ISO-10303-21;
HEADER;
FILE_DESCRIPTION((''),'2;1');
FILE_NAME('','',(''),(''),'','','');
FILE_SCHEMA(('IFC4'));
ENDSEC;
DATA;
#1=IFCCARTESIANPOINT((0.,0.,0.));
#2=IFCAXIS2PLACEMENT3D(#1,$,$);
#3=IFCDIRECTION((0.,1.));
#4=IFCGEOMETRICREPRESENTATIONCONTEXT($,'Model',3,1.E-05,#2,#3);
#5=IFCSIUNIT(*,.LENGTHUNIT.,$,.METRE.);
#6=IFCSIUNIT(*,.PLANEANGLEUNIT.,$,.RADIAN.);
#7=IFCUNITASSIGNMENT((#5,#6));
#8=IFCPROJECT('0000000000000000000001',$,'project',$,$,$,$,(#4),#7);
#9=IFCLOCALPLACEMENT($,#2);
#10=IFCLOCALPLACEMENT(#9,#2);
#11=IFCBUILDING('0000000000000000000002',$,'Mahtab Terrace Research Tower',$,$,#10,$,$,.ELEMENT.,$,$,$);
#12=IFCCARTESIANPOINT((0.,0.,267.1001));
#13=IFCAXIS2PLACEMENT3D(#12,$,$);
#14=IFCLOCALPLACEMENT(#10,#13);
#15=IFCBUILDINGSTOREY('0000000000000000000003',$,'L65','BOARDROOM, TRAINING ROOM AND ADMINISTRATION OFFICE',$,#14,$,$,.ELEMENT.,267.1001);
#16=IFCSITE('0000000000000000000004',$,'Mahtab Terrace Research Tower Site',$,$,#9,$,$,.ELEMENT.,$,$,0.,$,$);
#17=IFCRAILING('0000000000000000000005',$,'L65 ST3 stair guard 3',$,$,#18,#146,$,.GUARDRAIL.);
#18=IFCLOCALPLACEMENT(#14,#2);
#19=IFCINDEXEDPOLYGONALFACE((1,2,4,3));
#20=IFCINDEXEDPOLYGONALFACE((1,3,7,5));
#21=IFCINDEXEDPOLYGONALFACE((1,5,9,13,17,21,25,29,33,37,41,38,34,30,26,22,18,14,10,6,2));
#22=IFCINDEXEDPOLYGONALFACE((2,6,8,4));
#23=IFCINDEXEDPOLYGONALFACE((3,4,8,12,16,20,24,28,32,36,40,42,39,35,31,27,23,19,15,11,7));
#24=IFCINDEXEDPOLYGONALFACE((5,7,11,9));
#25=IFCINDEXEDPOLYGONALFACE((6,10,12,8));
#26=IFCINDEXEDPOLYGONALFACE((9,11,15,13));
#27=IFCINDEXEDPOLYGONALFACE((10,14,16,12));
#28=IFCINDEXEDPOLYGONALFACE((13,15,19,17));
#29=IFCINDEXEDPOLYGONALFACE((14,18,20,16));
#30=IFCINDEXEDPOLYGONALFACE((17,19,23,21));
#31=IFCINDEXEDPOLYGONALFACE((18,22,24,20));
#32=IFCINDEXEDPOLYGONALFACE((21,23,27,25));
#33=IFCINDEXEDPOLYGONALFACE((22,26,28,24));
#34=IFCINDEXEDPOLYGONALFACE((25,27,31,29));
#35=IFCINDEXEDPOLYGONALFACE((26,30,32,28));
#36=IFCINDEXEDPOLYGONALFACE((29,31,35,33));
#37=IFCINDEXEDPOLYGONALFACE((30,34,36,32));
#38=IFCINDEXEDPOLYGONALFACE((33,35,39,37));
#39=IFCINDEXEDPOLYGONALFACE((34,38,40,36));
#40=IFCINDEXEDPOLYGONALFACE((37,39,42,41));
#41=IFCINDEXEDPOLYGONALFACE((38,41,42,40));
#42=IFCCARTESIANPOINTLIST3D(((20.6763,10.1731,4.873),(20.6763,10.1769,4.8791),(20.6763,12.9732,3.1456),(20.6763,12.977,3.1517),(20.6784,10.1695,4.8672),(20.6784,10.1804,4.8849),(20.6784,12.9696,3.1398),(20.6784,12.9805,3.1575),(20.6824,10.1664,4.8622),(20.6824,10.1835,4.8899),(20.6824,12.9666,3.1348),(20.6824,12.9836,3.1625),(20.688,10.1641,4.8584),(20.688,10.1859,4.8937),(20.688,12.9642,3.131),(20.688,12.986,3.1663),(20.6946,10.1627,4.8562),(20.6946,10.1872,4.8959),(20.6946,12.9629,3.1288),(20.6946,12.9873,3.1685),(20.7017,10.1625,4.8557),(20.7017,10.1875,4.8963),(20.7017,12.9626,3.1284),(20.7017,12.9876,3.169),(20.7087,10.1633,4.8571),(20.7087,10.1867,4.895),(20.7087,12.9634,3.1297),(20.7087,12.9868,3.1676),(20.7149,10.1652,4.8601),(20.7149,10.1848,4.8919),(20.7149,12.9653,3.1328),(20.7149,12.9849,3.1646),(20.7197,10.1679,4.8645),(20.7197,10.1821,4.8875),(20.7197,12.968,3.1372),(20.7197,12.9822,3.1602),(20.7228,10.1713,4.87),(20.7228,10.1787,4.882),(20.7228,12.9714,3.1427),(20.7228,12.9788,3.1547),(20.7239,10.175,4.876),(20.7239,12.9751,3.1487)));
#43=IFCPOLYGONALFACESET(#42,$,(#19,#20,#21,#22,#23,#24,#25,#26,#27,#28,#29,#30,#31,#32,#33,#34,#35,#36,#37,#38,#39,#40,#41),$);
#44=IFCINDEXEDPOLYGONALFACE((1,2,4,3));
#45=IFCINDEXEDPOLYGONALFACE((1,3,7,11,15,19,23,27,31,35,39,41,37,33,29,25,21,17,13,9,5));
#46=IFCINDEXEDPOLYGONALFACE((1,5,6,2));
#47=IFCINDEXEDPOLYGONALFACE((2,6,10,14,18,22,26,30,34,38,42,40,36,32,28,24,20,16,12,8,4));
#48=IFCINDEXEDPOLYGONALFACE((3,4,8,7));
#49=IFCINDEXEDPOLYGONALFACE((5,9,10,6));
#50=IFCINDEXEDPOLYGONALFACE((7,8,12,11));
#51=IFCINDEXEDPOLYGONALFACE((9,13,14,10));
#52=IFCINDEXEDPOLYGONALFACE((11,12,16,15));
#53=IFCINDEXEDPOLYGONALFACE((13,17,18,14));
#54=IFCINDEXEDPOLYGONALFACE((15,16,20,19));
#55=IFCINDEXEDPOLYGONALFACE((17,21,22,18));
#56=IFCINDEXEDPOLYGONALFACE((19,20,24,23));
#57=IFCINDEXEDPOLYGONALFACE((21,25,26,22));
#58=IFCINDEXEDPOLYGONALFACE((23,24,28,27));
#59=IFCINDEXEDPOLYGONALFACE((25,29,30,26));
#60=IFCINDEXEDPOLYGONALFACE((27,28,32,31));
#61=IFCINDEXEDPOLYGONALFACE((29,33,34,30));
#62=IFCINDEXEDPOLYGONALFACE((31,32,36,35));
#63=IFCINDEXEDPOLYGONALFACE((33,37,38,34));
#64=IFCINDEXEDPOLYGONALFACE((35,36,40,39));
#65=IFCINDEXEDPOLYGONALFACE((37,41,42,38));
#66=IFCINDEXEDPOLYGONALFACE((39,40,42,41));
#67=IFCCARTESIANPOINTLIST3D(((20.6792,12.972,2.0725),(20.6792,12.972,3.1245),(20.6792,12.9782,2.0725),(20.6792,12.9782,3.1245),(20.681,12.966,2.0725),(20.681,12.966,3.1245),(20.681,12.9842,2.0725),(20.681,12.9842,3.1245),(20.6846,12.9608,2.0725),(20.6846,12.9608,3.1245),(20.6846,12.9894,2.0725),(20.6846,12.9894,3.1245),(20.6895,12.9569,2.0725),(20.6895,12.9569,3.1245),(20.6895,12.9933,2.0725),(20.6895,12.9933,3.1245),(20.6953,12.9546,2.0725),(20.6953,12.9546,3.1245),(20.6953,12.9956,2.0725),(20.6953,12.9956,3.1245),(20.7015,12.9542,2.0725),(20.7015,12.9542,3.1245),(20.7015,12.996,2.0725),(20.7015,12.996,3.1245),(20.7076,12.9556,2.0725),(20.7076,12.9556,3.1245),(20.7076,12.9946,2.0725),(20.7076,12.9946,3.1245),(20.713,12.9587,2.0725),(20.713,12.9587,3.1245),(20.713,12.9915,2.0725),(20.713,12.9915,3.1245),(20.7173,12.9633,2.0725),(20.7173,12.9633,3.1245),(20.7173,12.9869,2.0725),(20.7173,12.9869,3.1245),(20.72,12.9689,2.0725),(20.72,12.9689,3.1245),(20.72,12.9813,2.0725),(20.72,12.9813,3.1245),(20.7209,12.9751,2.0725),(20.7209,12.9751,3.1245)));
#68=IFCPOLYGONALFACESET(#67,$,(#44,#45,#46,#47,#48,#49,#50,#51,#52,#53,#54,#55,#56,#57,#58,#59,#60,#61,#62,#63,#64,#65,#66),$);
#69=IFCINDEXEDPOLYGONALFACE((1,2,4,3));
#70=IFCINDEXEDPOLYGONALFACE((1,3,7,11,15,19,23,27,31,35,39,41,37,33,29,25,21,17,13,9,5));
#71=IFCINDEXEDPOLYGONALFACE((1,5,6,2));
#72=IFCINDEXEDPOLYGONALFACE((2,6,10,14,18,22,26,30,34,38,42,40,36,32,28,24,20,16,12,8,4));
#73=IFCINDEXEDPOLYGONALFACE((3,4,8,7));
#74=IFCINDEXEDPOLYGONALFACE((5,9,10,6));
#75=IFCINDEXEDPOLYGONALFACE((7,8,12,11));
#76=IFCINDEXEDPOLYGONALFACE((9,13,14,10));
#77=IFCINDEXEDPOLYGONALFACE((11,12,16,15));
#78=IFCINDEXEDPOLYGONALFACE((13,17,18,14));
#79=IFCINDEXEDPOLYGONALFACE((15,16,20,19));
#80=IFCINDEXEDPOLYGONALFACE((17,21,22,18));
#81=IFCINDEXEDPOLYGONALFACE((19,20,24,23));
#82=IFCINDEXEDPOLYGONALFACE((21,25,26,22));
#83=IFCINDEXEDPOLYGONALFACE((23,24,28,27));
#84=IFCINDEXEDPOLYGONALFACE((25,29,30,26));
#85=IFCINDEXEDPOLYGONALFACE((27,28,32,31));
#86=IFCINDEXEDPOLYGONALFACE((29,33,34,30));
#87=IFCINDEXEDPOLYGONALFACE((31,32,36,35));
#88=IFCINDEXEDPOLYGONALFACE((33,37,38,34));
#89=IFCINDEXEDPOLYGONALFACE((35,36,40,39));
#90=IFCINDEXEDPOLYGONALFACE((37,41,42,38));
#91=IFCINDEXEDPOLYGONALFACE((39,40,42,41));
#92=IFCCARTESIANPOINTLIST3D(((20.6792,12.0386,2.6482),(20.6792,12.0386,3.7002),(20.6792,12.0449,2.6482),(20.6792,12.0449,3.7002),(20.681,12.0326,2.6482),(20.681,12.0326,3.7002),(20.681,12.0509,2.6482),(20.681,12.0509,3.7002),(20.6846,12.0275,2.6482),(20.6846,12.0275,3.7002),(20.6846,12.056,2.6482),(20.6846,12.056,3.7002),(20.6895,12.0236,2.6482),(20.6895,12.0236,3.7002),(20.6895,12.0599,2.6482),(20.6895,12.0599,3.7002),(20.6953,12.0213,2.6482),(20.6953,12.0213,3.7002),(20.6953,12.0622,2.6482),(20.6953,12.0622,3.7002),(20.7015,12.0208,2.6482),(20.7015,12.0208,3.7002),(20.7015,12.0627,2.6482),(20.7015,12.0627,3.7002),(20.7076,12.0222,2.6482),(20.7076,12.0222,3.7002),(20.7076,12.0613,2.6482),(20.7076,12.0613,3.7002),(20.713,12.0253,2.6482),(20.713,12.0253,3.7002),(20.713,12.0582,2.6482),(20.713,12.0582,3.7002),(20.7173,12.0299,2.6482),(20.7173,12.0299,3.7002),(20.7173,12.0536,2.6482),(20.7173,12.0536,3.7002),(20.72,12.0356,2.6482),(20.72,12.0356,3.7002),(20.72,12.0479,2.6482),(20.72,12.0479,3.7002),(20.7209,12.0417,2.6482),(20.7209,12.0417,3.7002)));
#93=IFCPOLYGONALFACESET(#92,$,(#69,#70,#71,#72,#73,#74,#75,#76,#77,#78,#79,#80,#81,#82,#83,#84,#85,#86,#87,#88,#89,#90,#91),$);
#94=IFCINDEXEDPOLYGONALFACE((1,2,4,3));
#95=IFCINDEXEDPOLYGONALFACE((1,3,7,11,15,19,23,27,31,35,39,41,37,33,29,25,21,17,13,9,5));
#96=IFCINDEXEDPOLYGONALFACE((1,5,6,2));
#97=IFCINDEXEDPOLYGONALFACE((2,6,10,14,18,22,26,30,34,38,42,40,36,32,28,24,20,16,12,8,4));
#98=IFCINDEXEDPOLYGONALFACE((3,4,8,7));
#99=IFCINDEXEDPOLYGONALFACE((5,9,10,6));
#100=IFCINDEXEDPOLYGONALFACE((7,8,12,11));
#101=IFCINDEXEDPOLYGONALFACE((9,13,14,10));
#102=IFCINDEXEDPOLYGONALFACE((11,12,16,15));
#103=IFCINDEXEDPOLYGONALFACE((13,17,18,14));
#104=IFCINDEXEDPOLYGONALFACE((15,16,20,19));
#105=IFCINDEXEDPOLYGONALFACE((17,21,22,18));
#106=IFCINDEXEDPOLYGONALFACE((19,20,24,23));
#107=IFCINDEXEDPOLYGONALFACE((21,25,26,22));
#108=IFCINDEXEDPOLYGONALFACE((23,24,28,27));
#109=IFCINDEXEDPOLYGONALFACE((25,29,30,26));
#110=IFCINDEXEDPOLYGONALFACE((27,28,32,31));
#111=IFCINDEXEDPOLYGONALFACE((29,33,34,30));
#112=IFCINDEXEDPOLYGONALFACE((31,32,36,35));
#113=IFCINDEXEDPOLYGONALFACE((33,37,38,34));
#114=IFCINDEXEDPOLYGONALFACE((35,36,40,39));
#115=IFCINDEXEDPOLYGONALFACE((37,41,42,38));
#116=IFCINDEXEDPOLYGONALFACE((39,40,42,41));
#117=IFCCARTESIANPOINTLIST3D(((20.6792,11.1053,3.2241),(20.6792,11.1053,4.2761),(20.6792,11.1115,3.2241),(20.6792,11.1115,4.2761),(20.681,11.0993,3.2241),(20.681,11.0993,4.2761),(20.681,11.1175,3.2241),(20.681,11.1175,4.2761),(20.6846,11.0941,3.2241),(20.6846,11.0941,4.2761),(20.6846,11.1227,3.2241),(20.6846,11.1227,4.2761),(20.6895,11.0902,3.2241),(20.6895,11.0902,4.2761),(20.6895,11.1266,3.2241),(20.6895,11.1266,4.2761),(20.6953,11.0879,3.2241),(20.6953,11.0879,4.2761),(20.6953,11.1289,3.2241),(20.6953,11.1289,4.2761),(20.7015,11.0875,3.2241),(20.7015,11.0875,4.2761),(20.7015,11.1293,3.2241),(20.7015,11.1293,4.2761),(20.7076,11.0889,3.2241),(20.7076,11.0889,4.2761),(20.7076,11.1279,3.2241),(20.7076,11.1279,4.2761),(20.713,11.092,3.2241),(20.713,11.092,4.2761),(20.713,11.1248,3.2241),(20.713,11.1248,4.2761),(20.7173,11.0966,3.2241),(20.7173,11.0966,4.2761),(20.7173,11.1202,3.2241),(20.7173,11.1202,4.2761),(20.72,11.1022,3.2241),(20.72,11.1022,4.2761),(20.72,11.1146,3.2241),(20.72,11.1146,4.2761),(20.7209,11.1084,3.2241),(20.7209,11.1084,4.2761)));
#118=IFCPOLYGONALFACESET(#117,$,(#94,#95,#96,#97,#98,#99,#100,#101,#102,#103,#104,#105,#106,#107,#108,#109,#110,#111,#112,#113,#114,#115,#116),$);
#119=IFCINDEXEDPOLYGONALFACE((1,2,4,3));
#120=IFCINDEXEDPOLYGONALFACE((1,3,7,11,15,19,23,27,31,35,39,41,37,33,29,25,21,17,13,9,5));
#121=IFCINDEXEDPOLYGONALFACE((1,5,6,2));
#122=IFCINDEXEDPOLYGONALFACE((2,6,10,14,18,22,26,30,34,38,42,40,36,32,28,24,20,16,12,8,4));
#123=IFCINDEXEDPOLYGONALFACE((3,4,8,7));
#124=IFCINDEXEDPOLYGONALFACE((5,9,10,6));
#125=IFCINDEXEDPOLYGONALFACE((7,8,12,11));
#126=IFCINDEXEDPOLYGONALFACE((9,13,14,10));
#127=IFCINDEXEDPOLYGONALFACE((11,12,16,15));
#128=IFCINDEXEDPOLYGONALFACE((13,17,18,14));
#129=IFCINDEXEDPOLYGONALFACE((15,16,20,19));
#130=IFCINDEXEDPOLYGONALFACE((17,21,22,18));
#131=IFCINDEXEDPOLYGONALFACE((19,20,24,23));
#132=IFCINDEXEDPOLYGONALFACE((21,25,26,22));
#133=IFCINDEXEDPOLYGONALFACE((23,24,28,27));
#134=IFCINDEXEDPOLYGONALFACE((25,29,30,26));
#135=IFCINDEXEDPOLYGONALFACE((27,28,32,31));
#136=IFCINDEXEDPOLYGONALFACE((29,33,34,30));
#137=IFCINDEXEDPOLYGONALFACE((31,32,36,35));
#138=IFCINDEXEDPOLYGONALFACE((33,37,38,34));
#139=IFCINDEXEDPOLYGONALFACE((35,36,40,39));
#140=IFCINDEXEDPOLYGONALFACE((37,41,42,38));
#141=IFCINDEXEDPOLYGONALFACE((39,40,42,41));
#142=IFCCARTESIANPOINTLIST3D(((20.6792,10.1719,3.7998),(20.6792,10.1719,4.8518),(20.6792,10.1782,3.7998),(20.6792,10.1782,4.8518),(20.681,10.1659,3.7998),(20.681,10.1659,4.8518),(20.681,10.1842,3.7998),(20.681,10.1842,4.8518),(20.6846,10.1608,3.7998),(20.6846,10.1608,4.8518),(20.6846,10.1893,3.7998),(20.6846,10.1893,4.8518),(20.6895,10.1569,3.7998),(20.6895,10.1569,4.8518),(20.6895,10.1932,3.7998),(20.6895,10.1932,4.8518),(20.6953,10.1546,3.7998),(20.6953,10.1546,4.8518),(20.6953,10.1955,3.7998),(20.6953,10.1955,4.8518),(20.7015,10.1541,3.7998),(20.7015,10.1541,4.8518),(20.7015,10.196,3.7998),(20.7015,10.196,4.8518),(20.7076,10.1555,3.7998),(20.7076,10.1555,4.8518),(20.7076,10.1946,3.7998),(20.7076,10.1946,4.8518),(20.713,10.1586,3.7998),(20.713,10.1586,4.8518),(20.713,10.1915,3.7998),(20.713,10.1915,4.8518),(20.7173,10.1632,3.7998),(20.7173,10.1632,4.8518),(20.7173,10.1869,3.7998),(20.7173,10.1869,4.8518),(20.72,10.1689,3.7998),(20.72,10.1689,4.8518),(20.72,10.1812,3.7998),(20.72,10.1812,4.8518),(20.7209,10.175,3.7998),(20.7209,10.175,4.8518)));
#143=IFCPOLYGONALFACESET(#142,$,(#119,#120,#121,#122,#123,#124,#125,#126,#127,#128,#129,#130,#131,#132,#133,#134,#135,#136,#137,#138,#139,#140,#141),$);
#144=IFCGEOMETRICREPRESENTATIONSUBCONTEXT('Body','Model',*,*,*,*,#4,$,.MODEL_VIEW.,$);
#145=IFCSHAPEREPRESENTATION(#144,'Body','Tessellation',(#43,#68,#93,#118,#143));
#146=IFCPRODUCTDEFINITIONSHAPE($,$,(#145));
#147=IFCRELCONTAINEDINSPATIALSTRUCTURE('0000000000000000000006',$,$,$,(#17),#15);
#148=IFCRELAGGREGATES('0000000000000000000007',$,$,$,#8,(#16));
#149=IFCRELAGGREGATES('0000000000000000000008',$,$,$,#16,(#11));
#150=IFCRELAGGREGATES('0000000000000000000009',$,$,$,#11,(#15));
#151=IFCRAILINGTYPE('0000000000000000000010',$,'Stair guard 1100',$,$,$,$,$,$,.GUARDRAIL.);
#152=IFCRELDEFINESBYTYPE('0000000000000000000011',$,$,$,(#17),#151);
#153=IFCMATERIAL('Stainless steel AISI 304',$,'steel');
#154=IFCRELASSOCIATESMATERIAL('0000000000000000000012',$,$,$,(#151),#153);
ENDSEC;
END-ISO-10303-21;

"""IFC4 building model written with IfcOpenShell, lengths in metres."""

from ifc_helpers import new_model, si_unit, direction, frame, origin, origin_2d, place, context, subcontext, project, spatial, circle, extrude, material, type_object, element, save


model = new_model("IFC4")

# Units and contexts
model_context = context("Model", 3, precision=1e-05, world=origin(), true_north=direction((0.0, 1.0)))
body_context = subcontext(model_context, "Body", "Model", "MODEL_VIEW")
ifc_project = project(units=[si_unit("LENGTHUNIT", "METRE"), si_unit("PLANEANGLEUNIT", "RADIAN")], contexts=[model_context])

# Site, building, storey
site_placement = place(None, origin())
site = spatial("IfcSite", under=ifc_project, at=site_placement, Name="Mahtab Terrace Research Tower Site", CompositionType="ELEMENT", RefElevation=0.0)
building_placement = place(site_placement, origin())
building = spatial("IfcBuilding", under=site, at=building_placement, Name="Mahtab Terrace Research Tower", CompositionType="ELEMENT")
storey_placement = place(building_placement, frame((0.0, 0.0, 267.1001)))
storey = spatial("IfcBuildingStorey", under=building, at=storey_placement, Name="L65", Description="BOARDROOM, TRAINING ROOM AND ADMINISTRATION OFFICE", CompositionType="ELEMENT", Elevation=267.1001)

# Shared definitions
ifc_material_1 = material(Name="Stainless steel AISI 304", Category="steel")

# Railing
railing_type_1 = type_object("IfcRailingType", Name="Stair guard 1100", PredefinedType="GUARDRAIL", material=ifc_material_1)
railing_1_placement = place(storey_placement, frame((20.7, 12.9751, 2.0725)))
element("IfcRailing", 1, at=railing_1_placement, inside=storey, type_object=railing_type_1, Name="L65 ST3 stair guard 3", PredefinedType="GUARDRAIL", context=body_context, shape_type="SweptSolid", body=[
    extrude(circle(Radius=0.0239, at=origin_2d()), frame((0.0, 0.0, 1.0762), z_axis=(0.0, -0.85109, 0.52502), x_axis=(1.0, 0.0, 0.0)), (0.0, 0.0, 1.0), 3.29),
    extrude(circle(Radius=0.021, at=origin_2d()), origin(), (0.0, 0.0, 1.0), 1.052),
    extrude(circle(Radius=0.021, at=origin_2d()), frame((0.0, -0.9333, 0.5757)), (0.0, 0.0, 1.0), 1.052),
    extrude(circle(Radius=0.021, at=origin_2d()), frame((0.0, -1.8667, 1.1516)), (0.0, 0.0, 1.0), 1.052),
    extrude(circle(Radius=0.021, at=origin_2d()), frame((0.0, -2.8, 1.7273)), (0.0, 0.0, 1.0), 1.052),
])

save(model, "model.ifc")
